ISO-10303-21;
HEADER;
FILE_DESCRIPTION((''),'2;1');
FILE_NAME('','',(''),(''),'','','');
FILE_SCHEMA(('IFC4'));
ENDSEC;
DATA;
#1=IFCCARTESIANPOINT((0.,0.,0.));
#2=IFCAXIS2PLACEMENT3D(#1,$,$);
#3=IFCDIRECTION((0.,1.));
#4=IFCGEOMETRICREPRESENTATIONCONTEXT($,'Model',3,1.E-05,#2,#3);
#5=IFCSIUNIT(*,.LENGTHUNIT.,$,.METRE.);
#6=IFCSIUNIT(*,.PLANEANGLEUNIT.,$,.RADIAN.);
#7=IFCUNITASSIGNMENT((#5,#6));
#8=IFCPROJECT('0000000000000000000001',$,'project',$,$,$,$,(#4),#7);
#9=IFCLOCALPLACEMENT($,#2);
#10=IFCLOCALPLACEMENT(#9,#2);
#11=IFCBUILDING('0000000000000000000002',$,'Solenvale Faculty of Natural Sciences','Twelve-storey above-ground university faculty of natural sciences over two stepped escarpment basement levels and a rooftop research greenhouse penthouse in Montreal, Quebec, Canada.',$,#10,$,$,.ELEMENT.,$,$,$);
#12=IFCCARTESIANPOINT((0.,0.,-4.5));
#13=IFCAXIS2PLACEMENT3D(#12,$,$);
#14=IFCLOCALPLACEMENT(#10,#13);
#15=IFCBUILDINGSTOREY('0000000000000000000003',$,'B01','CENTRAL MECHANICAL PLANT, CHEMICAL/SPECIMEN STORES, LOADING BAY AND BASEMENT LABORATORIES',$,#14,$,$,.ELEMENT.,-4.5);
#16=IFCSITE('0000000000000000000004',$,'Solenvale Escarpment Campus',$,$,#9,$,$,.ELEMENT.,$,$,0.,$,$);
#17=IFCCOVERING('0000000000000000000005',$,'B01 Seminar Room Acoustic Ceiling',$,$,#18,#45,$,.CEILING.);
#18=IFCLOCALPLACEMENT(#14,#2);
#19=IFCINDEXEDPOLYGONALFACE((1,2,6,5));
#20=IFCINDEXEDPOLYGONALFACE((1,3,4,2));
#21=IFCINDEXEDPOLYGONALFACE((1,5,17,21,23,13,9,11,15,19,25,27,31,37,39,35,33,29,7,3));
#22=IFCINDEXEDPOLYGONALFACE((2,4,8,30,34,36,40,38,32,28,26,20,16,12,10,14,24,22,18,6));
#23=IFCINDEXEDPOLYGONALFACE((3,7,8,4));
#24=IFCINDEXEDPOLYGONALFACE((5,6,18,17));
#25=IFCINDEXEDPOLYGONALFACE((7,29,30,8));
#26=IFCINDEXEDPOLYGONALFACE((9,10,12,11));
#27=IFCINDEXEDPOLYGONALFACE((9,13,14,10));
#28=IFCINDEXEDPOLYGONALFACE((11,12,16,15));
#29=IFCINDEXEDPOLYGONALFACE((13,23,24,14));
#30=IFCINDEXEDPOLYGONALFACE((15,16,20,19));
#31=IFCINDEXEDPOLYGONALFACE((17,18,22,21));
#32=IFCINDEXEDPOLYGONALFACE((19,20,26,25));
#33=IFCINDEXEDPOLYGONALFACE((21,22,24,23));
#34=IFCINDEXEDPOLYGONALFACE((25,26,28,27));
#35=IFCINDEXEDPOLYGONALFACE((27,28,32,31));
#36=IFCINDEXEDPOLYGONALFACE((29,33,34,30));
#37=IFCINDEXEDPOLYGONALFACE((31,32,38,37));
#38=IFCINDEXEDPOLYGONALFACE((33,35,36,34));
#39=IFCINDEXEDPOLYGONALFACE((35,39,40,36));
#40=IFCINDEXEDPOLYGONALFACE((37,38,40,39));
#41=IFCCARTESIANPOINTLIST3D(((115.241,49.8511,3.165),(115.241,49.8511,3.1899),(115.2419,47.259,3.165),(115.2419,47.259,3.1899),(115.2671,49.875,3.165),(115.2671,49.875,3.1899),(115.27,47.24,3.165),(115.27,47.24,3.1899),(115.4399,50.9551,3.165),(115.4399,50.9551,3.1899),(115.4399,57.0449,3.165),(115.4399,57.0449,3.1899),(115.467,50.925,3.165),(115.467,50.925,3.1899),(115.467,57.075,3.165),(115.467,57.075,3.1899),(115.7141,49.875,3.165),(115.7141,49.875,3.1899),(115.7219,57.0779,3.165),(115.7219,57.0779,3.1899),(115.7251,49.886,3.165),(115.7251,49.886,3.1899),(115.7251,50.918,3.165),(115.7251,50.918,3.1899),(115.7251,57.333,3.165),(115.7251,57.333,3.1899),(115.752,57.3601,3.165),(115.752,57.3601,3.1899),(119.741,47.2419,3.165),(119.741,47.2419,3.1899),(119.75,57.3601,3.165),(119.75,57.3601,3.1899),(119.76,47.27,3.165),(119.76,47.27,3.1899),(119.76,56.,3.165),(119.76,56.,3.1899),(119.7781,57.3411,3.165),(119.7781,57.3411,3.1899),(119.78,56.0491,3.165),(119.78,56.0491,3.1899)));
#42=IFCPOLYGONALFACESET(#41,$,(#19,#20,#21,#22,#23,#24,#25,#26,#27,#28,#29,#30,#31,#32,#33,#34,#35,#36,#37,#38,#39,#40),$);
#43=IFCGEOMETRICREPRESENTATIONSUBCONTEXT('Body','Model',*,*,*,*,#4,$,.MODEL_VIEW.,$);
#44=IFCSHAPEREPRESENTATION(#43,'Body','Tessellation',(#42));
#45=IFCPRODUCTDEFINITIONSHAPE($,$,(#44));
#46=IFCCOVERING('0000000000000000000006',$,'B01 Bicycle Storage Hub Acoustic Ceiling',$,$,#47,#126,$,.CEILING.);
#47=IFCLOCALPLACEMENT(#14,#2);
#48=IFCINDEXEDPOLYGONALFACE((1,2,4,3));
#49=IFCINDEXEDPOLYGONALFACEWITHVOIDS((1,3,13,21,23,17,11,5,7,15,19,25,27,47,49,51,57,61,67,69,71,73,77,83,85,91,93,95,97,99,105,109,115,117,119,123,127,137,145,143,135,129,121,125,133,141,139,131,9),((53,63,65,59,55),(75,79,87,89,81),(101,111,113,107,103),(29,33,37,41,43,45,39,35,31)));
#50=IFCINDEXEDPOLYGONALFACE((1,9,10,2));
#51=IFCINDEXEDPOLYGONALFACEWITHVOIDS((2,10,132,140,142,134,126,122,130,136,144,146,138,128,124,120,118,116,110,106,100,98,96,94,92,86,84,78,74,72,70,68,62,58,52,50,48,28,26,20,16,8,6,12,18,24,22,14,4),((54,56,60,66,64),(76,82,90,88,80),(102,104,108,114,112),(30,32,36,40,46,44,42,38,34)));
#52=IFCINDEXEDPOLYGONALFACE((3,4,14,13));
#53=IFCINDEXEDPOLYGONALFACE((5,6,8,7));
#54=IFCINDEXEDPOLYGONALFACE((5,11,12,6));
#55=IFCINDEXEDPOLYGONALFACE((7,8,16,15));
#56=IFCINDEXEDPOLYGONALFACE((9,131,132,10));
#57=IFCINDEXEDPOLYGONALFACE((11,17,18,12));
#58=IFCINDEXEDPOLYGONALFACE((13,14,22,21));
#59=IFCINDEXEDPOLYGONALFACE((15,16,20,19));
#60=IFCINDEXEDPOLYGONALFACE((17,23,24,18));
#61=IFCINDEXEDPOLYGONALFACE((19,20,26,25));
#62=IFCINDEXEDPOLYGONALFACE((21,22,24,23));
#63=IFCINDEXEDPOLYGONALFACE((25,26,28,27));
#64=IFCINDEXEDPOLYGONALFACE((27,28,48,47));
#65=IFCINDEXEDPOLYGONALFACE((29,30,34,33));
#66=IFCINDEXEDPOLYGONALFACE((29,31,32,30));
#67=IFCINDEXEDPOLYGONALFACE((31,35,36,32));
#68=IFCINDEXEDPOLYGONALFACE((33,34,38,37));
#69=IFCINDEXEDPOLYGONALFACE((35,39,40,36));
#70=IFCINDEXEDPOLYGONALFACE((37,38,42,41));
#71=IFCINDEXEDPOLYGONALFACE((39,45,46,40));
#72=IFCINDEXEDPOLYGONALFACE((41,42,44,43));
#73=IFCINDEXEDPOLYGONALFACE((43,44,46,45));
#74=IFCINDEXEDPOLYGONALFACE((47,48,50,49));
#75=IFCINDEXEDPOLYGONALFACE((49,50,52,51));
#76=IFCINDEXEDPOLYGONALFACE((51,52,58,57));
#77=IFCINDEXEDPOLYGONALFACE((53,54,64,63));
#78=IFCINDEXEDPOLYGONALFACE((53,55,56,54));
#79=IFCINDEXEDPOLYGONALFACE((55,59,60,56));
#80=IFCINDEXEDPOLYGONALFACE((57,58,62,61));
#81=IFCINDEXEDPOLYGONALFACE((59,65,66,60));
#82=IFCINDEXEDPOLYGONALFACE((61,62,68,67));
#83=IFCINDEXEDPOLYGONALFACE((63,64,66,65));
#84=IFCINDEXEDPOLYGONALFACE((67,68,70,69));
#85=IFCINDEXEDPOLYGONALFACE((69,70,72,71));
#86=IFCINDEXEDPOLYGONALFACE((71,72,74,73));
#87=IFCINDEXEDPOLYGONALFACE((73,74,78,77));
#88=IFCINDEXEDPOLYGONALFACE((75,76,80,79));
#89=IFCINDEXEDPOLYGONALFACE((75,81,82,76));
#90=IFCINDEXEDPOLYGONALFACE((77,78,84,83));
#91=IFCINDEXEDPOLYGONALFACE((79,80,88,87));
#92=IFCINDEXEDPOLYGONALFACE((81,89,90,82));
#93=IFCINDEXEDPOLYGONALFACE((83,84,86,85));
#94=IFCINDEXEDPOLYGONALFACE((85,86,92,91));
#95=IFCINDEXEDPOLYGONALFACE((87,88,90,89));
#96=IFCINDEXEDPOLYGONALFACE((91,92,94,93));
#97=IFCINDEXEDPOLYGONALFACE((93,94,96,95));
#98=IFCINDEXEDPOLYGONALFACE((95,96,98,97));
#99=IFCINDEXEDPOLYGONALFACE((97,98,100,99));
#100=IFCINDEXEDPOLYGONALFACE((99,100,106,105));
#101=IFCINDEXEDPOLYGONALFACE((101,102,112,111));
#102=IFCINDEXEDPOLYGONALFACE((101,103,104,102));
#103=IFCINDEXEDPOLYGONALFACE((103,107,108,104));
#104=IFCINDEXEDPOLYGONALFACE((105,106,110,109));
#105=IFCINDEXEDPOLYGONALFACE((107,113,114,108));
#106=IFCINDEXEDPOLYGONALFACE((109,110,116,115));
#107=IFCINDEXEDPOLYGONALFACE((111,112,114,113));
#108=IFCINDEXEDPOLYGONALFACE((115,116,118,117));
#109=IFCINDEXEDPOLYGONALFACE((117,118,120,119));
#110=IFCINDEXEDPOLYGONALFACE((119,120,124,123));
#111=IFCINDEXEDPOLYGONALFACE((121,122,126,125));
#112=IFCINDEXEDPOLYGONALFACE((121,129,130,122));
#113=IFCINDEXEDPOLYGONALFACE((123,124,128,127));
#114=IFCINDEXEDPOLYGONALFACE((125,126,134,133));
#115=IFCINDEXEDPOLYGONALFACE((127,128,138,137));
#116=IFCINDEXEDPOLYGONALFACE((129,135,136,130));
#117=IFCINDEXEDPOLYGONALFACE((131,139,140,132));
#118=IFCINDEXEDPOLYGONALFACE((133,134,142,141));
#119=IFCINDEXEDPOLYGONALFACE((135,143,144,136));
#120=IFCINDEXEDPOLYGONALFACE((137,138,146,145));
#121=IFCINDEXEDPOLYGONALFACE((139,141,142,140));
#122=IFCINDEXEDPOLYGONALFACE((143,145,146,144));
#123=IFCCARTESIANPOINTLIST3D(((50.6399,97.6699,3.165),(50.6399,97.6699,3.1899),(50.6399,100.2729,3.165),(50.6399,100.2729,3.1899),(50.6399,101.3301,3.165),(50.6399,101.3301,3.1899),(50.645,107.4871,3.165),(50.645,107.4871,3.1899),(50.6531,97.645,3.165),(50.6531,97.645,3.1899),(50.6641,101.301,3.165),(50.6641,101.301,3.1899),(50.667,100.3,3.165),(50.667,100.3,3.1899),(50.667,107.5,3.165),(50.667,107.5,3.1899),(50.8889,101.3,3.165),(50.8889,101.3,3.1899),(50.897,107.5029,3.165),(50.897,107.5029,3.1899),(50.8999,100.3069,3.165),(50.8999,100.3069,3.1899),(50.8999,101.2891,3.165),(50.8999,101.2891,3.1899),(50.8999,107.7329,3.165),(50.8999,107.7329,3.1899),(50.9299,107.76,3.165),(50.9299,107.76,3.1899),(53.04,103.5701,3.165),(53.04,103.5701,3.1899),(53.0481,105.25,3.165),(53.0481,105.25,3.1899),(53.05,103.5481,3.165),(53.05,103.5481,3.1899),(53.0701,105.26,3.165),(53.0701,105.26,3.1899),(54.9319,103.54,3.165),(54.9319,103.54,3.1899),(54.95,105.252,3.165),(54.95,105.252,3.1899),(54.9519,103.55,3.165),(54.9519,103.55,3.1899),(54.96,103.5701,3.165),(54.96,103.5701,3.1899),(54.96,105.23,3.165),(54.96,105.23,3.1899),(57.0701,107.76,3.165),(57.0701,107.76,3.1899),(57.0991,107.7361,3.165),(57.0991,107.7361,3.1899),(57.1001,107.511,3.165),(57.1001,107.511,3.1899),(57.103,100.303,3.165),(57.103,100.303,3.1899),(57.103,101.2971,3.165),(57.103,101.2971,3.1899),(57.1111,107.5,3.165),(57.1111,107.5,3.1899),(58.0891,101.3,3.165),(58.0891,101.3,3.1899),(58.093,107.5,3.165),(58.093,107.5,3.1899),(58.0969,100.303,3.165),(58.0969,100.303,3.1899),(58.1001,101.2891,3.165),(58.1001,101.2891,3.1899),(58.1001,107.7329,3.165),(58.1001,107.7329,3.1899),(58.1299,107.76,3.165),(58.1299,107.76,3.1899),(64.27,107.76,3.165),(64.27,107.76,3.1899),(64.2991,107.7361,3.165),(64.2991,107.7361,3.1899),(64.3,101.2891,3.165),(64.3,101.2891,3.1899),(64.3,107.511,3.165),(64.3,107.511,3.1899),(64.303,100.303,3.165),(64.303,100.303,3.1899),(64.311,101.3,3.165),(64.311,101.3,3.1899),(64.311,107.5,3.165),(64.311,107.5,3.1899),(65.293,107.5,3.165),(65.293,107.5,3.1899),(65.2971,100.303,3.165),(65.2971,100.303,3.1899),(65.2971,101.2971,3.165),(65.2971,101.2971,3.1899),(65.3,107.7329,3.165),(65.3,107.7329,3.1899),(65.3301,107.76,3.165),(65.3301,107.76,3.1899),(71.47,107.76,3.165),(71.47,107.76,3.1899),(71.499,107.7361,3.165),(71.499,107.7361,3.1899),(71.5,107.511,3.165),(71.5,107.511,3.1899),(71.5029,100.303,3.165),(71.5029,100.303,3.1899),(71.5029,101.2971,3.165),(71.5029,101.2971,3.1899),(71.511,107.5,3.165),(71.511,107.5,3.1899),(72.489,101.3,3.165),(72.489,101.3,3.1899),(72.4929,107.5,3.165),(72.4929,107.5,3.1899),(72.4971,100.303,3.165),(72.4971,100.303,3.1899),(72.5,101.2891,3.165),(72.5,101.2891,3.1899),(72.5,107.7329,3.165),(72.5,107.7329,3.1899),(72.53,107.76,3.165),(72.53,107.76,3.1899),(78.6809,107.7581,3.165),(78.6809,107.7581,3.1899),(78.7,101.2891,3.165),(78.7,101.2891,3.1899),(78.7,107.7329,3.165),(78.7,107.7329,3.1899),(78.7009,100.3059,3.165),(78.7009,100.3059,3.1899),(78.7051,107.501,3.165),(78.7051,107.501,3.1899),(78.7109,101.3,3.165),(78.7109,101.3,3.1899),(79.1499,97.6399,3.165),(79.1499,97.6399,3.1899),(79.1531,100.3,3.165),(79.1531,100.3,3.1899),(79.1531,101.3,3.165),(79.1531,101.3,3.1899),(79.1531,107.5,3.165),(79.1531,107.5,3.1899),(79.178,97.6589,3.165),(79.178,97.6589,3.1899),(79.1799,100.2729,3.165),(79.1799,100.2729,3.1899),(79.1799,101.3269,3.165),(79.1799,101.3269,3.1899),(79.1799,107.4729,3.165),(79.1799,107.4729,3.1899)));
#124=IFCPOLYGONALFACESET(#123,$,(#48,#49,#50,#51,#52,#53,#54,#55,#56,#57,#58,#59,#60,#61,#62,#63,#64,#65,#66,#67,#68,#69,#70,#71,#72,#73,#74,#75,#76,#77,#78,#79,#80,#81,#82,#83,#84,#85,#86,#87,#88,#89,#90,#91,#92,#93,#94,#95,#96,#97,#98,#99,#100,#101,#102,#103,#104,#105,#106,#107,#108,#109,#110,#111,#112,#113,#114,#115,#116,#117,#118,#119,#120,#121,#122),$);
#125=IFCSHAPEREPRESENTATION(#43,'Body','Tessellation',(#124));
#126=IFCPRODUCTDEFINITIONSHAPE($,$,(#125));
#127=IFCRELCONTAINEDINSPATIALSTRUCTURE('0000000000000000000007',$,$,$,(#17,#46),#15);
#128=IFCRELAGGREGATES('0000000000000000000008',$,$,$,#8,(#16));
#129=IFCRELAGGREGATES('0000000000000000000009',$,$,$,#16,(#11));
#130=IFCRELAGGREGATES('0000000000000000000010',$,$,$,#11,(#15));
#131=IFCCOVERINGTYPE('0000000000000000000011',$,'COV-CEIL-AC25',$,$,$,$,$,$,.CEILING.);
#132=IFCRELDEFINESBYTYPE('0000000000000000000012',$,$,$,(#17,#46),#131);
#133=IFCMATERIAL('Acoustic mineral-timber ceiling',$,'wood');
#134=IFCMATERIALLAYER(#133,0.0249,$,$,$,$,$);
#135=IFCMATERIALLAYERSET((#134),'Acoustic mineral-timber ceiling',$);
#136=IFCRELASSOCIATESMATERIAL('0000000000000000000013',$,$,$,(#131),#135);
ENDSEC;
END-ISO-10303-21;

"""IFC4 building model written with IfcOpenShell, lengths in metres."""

from ifc_helpers import new_model, si_unit, direction, frame, origin, place, context, subcontext, project, spatial, polyline, outline, extrude, material, layer, layer_set, type_object, element, save


model = new_model("IFC4")

# Units and contexts
model_context = context("Model", 3, precision=1e-05, world=origin(), true_north=direction((0.0, 1.0)))
body_context = subcontext(model_context, "Body", "Model", "MODEL_VIEW")
ifc_project = project(units=[si_unit("LENGTHUNIT", "METRE"), si_unit("PLANEANGLEUNIT", "RADIAN")], contexts=[model_context])

# Site, building, storey
site_placement = place(None, origin())
site = spatial("IfcSite", under=ifc_project, at=site_placement, Name="Solenvale Escarpment Campus", CompositionType="ELEMENT", RefElevation=0.0)
building_placement = place(site_placement, origin())
building = spatial("IfcBuilding", under=site, at=building_placement, Name="Solenvale Faculty of Natural Sciences", Description="Twelve-storey above-ground university faculty of natural sciences over two stepped escarpment basement levels and a rooftop research greenhouse penthouse in Montreal, Quebec, Canada.", CompositionType="ELEMENT")
storey_placement = place(building_placement, frame((0.0, 0.0, -4.5)))
storey = spatial("IfcBuildingStorey", under=building, at=storey_placement, Name="B01", Description="CENTRAL MECHANICAL PLANT, CHEMICAL/SPECIMEN STORES, LOADING BAY AND BASEMENT LABORATORIES", CompositionType="ELEMENT", Elevation=-4.5)

# Coverings
ifc_material_1 = material(Name="Acoustic mineral-timber ceiling", Category="wood")
ifc_layer_1 = layer(ifc_material_1, 0.0249)
ifc_layer_set_1 = layer_set([ifc_layer_1], Name="Acoustic mineral-timber ceiling")
covering_type_1 = type_object("IfcCoveringType", Name="COV-CEIL-AC25", PredefinedType="CEILING", material=ifc_layer_set_1)
covering_1_placement = place(storey_placement, frame((0.0, 0.0, 3.165)))
element("IfcCovering", 1, at=covering_1_placement, inside=storey, type_object=covering_type_1, Name="B01 Seminar Room Acoustic Ceiling", PredefinedType="CEILING", context=body_context, shape_type="SweptSolid", body=[
    extrude(outline(polyline([(115.4399, 57.0449), (115.467, 57.075), (115.7219, 57.0779), (115.7251, 57.333), (115.752, 57.3601), (119.75, 57.3601), (119.7781, 57.3411), (119.78, 56.0491), (119.76, 56.0), (119.76, 47.27), (119.741, 47.2419), (115.27, 47.24), (115.2419, 47.259), (115.241, 49.8511), (115.2671, 49.875), (115.7141, 49.875), (115.7251, 49.886), (115.7251, 50.918), (115.467, 50.925), (115.4399, 50.9551), (115.4399, 57.0449)])), origin(), (0.0, 0.0, 1.0), 0.0249),
])
covering_2_placement = place(storey_placement, frame((0.0, 0.0, 3.165)))
element("IfcCovering", 2, at=covering_2_placement, inside=storey, type_object=covering_type_1, Name="B01 Bicycle Storage Hub Acoustic Ceiling", PredefinedType="CEILING", context=body_context, shape_type="SweptSolid", body=[
    extrude(outline(polyline([(57.0701, 107.76), (57.0991, 107.7361), (57.1001, 107.511), (57.1111, 107.5), (58.093, 107.5), (58.1001, 107.7329), (58.1299, 107.76), (64.27, 107.76), (64.2991, 107.7361), (64.3, 107.511), (64.311, 107.5), (65.293, 107.5), (65.3, 107.7329), (65.3301, 107.76), (71.47, 107.76), (71.499, 107.7361), (71.5, 107.511), (71.511, 107.5), (72.4929, 107.5), (72.5, 107.7329), (72.53, 107.76), (78.6809, 107.7581), (78.7, 107.7329), (78.7051, 107.501), (79.1531, 107.5), (79.1799, 107.4729), (79.1799, 101.3269), (79.1531, 101.3), (78.7109, 101.3), (78.7, 101.2891), (78.7009, 100.3059), (79.1531, 100.3), (79.1799, 100.2729), (79.178, 97.6589), (79.1499, 97.6399), (50.6531, 97.645), (50.6399, 97.6699), (50.6399, 100.2729), (50.667, 100.3), (50.8999, 100.3069), (50.8999, 101.2891), (50.8889, 101.3), (50.6641, 101.301), (50.6399, 101.3301), (50.645, 107.4871), (50.667, 107.5), (50.897, 107.5029), (50.8999, 107.7329), (50.9299, 107.76), (57.0701, 107.76)]), holes=[polyline([(72.5, 101.2891), (72.489, 101.3), (71.5029, 101.2971), (71.5029, 100.303), (72.4971, 100.303), (72.5, 101.2891)]), polyline([(64.311, 101.3), (64.3, 101.2891), (64.303, 100.303), (65.2971, 100.303), (65.2971, 101.2971), (64.311, 101.3)]), polyline([(58.1001, 101.2891), (58.0891, 101.3), (57.103, 101.2971), (57.103, 100.303), (58.0969, 100.303), (58.1001, 101.2891)]), polyline([(54.9319, 103.54), (54.9519, 103.55), (54.96, 103.5701), (54.96, 105.23), (54.95, 105.252), (53.0701, 105.26), (53.0481, 105.25), (53.04, 103.5701), (53.05, 103.5481), (54.9319, 103.54)])]), origin(), (0.0, 0.0, 1.0), 0.0249),
])

save(model, "model.ifc")
